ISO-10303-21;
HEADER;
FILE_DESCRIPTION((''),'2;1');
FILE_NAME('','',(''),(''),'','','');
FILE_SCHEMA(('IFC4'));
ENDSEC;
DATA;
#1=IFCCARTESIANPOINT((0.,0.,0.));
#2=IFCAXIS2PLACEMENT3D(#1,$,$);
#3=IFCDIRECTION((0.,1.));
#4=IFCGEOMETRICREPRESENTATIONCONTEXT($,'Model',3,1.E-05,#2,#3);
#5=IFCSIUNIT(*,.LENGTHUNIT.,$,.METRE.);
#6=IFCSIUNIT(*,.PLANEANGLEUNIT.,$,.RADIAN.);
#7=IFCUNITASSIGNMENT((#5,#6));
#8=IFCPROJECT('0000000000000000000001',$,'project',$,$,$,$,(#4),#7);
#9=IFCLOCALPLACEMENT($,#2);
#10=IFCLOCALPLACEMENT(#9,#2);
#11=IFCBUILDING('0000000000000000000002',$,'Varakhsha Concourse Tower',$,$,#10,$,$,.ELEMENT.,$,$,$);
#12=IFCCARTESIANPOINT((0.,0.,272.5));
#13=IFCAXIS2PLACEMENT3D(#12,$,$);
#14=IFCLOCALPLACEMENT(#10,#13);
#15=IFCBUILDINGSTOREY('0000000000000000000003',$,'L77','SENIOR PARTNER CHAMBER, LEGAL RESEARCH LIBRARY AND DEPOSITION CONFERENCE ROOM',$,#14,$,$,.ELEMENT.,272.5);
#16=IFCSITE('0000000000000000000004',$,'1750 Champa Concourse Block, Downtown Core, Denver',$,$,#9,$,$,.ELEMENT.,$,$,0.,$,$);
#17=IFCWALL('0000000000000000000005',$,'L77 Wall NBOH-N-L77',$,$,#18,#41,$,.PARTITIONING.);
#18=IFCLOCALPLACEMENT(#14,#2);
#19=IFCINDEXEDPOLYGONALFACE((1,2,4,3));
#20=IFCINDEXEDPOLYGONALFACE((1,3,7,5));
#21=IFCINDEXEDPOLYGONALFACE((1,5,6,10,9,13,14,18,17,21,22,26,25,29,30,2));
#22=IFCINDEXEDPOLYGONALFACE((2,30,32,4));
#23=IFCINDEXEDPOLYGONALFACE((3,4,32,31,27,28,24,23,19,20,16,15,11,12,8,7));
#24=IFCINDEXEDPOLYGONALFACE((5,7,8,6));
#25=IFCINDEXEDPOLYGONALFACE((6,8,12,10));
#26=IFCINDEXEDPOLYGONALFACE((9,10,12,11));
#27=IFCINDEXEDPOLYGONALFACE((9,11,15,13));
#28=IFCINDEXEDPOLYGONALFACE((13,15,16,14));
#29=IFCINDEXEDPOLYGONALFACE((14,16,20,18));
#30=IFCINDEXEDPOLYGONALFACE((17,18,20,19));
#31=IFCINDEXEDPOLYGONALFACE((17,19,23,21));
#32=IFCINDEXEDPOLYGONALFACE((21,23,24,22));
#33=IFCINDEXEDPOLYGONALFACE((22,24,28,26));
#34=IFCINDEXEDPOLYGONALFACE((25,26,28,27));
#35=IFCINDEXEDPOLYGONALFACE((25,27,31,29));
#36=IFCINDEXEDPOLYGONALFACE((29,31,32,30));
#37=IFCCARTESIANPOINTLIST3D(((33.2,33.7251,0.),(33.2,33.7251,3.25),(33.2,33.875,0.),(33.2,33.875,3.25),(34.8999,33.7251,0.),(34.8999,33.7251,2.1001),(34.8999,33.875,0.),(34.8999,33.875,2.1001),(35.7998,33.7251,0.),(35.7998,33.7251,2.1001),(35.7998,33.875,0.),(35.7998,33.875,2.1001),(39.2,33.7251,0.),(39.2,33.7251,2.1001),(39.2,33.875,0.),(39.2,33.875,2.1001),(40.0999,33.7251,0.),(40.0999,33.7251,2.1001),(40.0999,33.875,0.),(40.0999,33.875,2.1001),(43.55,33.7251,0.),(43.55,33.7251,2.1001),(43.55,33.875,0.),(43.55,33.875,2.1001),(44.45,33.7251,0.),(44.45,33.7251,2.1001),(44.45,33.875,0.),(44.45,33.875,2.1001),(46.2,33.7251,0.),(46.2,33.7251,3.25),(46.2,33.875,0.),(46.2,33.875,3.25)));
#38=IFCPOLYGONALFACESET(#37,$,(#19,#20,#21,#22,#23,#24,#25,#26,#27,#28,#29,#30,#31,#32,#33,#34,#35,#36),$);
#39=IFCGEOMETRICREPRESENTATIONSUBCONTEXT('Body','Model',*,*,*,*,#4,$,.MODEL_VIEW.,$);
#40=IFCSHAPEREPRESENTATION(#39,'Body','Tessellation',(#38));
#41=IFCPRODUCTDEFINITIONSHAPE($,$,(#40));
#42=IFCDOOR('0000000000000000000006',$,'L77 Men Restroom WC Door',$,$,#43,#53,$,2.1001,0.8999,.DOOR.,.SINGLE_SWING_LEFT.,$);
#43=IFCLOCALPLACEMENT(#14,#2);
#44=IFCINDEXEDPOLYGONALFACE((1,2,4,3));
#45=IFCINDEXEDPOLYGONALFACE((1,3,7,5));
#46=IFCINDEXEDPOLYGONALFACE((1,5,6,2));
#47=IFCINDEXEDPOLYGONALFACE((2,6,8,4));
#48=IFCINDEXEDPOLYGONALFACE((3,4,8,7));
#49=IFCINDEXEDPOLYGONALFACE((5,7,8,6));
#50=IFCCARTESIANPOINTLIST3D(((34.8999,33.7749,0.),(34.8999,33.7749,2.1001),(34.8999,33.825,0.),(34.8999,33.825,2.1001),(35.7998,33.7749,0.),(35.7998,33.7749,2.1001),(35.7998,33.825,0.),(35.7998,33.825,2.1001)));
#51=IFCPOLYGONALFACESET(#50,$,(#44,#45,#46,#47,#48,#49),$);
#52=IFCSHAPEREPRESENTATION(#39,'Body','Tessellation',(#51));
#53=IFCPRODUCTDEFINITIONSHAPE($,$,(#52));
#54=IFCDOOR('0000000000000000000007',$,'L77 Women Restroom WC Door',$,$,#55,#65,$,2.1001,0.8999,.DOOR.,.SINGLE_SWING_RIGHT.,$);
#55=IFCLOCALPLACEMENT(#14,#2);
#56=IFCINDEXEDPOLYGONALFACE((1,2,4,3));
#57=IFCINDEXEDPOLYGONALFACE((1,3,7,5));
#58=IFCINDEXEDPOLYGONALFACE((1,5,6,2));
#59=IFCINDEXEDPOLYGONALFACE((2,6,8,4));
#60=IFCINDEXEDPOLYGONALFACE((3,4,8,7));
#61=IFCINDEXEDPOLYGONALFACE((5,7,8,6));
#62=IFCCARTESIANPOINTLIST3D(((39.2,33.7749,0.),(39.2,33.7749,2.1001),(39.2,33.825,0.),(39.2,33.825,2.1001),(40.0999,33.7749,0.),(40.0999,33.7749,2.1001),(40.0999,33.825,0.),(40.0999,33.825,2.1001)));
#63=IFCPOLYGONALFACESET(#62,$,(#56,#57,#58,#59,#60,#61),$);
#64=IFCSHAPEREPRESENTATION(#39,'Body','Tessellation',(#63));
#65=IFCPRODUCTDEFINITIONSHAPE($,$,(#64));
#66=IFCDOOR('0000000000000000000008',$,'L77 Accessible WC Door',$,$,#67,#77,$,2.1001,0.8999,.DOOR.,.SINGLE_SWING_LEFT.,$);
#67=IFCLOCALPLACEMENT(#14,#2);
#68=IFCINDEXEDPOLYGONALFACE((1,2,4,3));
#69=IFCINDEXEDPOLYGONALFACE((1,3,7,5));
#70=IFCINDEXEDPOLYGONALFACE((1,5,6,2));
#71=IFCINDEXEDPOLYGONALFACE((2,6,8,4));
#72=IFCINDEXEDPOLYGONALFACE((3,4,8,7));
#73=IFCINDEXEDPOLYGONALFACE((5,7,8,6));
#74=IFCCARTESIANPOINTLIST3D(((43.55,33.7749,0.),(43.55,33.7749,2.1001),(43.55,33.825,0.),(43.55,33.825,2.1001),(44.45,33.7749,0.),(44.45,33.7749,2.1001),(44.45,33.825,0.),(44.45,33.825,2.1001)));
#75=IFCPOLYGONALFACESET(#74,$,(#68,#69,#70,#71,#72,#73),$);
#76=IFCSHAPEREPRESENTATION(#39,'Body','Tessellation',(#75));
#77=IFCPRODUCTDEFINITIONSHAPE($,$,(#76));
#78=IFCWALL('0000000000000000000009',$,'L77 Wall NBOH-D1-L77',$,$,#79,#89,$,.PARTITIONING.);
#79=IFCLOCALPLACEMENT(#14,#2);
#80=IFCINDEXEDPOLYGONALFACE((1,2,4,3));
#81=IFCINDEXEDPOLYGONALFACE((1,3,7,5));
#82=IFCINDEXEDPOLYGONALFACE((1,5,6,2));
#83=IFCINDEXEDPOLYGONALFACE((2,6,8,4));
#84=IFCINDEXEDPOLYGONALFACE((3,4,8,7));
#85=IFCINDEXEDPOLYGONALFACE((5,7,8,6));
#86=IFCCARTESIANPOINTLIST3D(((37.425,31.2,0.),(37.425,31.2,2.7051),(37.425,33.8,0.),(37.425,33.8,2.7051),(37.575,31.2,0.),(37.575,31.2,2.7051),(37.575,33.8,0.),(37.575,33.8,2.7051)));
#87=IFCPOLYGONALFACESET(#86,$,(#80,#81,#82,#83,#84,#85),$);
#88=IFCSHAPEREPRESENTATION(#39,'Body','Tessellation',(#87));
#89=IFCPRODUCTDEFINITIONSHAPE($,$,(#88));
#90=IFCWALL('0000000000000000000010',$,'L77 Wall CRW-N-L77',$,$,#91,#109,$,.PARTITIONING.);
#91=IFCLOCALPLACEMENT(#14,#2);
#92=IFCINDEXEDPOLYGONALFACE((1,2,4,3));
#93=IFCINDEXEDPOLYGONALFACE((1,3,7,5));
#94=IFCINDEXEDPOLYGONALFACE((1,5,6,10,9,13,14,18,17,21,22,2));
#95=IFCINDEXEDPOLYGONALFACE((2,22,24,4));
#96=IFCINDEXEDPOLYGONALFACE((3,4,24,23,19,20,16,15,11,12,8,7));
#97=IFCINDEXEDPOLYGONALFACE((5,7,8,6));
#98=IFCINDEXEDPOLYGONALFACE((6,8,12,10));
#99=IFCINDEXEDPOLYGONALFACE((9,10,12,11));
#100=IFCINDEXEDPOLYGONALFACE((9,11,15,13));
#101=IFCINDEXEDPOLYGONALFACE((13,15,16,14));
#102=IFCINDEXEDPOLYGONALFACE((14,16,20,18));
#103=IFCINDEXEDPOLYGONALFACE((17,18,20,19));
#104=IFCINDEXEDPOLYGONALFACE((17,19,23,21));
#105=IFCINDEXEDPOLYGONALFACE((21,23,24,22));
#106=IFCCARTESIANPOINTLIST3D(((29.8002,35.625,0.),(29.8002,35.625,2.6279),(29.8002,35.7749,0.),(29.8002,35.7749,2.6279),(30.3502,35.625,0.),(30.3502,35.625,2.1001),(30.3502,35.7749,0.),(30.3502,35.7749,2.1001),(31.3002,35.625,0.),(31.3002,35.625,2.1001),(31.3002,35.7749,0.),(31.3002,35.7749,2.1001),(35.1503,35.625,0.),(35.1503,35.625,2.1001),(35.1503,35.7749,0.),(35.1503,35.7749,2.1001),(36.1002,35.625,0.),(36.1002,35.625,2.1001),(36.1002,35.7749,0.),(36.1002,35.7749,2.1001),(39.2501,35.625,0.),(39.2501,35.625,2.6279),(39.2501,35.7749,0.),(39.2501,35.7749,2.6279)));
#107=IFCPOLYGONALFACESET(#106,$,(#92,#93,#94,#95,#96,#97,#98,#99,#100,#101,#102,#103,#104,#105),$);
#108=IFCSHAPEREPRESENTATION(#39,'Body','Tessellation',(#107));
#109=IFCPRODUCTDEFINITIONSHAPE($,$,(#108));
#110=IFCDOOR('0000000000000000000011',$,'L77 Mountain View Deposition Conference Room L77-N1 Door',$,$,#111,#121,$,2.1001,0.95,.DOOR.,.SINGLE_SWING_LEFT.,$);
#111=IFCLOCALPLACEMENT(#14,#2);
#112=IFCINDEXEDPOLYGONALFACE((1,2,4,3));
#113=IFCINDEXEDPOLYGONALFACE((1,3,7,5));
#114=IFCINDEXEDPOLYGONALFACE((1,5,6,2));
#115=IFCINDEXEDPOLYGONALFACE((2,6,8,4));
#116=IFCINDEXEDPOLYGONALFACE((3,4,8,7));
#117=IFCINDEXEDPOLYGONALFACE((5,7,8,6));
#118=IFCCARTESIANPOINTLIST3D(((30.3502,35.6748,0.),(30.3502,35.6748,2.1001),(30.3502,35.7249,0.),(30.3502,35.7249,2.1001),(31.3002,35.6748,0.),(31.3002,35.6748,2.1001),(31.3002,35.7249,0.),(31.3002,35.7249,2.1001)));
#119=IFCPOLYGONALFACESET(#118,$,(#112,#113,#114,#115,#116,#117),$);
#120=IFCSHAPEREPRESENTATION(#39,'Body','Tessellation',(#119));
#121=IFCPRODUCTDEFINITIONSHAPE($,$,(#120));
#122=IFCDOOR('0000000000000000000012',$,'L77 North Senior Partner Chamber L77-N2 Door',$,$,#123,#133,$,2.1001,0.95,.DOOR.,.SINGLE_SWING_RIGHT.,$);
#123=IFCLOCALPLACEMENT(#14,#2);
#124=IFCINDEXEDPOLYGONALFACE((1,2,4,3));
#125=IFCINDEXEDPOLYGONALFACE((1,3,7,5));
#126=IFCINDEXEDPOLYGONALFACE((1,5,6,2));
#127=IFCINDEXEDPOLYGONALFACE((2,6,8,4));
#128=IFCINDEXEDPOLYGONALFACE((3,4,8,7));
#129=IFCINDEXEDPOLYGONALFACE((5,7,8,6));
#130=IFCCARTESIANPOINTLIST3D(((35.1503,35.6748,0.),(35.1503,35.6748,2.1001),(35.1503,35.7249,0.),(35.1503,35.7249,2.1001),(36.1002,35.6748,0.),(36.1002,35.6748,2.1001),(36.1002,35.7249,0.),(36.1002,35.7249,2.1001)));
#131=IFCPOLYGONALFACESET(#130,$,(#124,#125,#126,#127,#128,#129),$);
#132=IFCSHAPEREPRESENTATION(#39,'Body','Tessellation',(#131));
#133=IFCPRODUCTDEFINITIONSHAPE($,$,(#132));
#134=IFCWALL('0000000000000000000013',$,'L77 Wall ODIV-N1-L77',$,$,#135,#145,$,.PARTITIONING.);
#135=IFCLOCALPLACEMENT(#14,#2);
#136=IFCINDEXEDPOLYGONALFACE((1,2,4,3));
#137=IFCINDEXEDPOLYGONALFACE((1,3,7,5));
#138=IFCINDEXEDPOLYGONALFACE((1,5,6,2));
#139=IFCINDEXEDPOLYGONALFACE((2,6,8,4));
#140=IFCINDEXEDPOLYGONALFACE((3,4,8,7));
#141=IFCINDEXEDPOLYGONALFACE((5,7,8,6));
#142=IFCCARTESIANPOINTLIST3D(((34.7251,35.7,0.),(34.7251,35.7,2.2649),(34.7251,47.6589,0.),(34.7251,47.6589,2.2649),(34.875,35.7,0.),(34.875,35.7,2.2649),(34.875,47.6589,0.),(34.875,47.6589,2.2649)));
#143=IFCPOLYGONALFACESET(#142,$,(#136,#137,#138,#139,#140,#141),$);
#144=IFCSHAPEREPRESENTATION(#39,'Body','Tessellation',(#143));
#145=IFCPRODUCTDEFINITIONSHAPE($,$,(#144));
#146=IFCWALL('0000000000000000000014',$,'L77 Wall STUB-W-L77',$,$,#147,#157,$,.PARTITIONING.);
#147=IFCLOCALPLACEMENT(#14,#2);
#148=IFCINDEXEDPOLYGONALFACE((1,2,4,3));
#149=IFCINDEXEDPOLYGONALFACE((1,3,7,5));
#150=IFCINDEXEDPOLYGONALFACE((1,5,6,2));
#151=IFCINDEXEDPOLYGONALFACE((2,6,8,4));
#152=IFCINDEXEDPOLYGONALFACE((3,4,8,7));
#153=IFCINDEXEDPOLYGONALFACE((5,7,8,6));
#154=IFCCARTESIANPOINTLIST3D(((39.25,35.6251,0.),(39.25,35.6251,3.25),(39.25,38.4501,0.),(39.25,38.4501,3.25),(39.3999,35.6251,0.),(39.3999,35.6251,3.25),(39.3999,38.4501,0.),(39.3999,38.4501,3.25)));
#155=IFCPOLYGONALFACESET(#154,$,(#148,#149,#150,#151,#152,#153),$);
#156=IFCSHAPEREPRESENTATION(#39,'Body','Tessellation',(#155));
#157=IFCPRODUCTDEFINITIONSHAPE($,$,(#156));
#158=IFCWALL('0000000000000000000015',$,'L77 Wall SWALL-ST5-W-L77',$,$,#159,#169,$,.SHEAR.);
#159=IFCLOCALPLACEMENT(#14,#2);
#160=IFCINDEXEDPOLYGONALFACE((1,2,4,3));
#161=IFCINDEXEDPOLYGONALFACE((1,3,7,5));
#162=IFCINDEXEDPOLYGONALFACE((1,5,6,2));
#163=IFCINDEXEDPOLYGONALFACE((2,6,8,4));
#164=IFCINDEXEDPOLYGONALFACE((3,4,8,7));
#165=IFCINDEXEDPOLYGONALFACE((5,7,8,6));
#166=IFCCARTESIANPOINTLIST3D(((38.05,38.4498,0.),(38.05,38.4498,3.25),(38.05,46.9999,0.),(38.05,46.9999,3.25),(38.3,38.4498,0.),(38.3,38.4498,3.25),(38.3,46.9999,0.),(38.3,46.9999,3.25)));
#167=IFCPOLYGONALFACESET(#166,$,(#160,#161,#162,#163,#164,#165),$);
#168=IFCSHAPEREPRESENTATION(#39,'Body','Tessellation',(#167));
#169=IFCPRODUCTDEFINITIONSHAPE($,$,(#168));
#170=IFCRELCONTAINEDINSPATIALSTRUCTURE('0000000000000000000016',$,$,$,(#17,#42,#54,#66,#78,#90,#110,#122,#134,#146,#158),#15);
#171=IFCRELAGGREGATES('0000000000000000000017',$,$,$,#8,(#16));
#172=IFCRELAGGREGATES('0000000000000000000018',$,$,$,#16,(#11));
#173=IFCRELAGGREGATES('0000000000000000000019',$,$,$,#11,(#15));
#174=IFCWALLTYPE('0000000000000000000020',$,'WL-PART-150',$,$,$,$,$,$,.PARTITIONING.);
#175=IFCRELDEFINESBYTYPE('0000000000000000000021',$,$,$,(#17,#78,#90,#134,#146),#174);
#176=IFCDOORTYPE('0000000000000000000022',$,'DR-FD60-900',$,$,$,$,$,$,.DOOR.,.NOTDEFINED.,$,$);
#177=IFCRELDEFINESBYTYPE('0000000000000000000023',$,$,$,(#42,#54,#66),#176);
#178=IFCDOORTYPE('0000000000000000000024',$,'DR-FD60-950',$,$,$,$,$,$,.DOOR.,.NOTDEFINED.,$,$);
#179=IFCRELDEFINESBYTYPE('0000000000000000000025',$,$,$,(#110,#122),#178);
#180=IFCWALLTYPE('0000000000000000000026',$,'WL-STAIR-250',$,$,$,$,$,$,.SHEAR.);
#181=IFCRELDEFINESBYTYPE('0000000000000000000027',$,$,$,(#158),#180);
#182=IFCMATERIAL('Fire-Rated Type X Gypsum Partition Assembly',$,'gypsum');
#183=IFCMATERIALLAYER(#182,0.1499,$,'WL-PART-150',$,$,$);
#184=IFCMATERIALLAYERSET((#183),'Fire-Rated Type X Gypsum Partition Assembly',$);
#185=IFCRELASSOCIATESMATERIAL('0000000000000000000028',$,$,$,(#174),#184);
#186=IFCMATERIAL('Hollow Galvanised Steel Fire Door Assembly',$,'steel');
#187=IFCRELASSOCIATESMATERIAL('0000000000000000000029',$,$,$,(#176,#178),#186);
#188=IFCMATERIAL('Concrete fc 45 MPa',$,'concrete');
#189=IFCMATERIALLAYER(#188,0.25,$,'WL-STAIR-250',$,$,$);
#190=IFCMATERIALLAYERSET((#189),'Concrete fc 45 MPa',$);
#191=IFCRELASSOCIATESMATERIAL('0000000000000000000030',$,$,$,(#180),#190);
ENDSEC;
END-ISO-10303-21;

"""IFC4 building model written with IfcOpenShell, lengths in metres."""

from ifc_helpers import new_model, si_unit, direction, frame, frame_2d, origin, place, context, subcontext, project, spatial, rectangle, extrude, material, layer, layer_set, type_object, element, fill, save


model = new_model("IFC4")

# Units and contexts
model_context = context("Model", 3, precision=1e-05, world=origin(), true_north=direction((0.0, 1.0)))
body_context = subcontext(model_context, "Body", "Model", "MODEL_VIEW")
ifc_project = project(units=[si_unit("LENGTHUNIT", "METRE"), si_unit("PLANEANGLEUNIT", "RADIAN")], contexts=[model_context])

# Site, building, storey
site_placement = place(None, origin())
site = spatial("IfcSite", under=ifc_project, at=site_placement, Name="1750 Champa Concourse Block, Downtown Core, Denver", CompositionType="ELEMENT", RefElevation=0.0)
building_placement = place(site_placement, origin())
building = spatial("IfcBuilding", under=site, at=building_placement, Name="Varakhsha Concourse Tower", CompositionType="ELEMENT")
storey_placement = place(building_placement, frame((0.0, 0.0, 272.5)))
storey = spatial("IfcBuildingStorey", under=building, at=storey_placement, Name="L77", Description="SENIOR PARTNER CHAMBER, LEGAL RESEARCH LIBRARY AND DEPOSITION CONFERENCE ROOM", CompositionType="ELEMENT", Elevation=272.5)

# Wall, openings, doors
ifc_material_1 = material(Name="Fire-Rated Type X Gypsum Partition Assembly", Category="gypsum")
ifc_layer_1 = layer(ifc_material_1, 0.1499, Name="WL-PART-150")
ifc_layer_set_1 = layer_set([ifc_layer_1], Name="Fire-Rated Type X Gypsum Partition Assembly")
wall_type_1 = type_object("IfcWallType", Name="WL-PART-150", PredefinedType="PARTITIONING", material=ifc_layer_set_1)
wall_1_placement = place(storey_placement, frame((33.2, 33.8, 0.0), z_axis=(0.0, 0.0, 1.0), x_axis=(1.0, 0.0, 0.0)))
wall_1 = element("IfcWall", 1, at=wall_1_placement, inside=storey, type_object=wall_type_1, Name="L77 Wall NBOH-N-L77", PredefinedType="PARTITIONING", context=body_context, shape_type="SweptSolid", body=[
    extrude(rectangle(XDim=13.0, YDim=0.1499, at=frame_2d((6.5, 0.0))), origin(), (0.0, 0.0, 1.0), 3.25),
])
opening_1_placement = place(wall_1_placement, frame((1.7, 0.0, 0.0)))
opening_1 = element("IfcOpeningElement", 2, at=opening_1_placement, cuts=wall_1, PredefinedType="OPENING", context=body_context, shape_type="SweptSolid", body=[
    extrude(rectangle(XDim=0.8999, YDim=2.1001, at=frame_2d((0.45, 1.05))), frame((0.0, 0.085, 0.0), z_axis=(0.0, -1.0, 0.0), x_axis=(1.0, 0.0, 0.0)), (0.0, 0.0, 1.0), 0.1699),
])
opening_2_placement = place(wall_1_placement, frame((6.0, 0.0, 0.0)))
opening_2 = element("IfcOpeningElement", 3, at=opening_2_placement, cuts=wall_1, PredefinedType="OPENING", context=body_context, shape_type="SweptSolid", body=[
    extrude(rectangle(XDim=0.8999, YDim=2.1001, at=frame_2d((0.45, 1.05))), frame((0.0, 0.085, 0.0), z_axis=(0.0, -1.0, 0.0), x_axis=(1.0, 0.0, 0.0)), (0.0, 0.0, 1.0), 0.1699),
])
opening_3_placement = place(wall_1_placement, frame((10.3501, 0.0, 0.0)))
opening_3 = element("IfcOpeningElement", 4, at=opening_3_placement, cuts=wall_1, PredefinedType="OPENING", context=body_context, shape_type="SweptSolid", body=[
    extrude(rectangle(XDim=0.8999, YDim=2.1001, at=frame_2d((0.45, 1.05))), frame((0.0, 0.085, 0.0), z_axis=(0.0, -1.0, 0.0), x_axis=(1.0, 0.0, 0.0)), (0.0, 0.0, 1.0), 0.1699),
])
ifc_material_2 = material(Name="Hollow Galvanised Steel Fire Door Assembly", Category="steel")
door_type_1 = type_object("IfcDoorType", Name="DR-FD60-900", OperationType="NOTDEFINED", PredefinedType="DOOR", material=ifc_material_2)
door_1_placement = place(opening_1_placement, origin())
door_1 = element("IfcDoor", 5, at=door_1_placement, inside=storey, type_object=door_type_1, Name="L77 Men Restroom WC Door", OperationType="SINGLE_SWING_LEFT", OverallHeight=2.1001, OverallWidth=0.8999, PredefinedType="DOOR", context=body_context, shape_type="SweptSolid", body=[
    extrude(rectangle(XDim=0.8999, YDim=2.1001, at=frame_2d((0.45, 1.05))), frame((0.0, 0.0249, 0.0), z_axis=(0.0, -1.0, 0.0), x_axis=(1.0, 0.0, 0.0)), (0.0, 0.0, 1.0), 0.05),
])
fill(opening_1, door_1)
door_2_placement = place(opening_2_placement, origin())
door_2 = element("IfcDoor", 6, at=door_2_placement, inside=storey, type_object=door_type_1, Name="L77 Women Restroom WC Door", OperationType="SINGLE_SWING_RIGHT", OverallHeight=2.1001, OverallWidth=0.8999, PredefinedType="DOOR", context=body_context, shape_type="SweptSolid", body=[
    extrude(rectangle(XDim=0.8999, YDim=2.1001, at=frame_2d((0.45, 1.05))), frame((0.0, 0.0249, 0.0), z_axis=(0.0, -1.0, 0.0), x_axis=(1.0, 0.0, 0.0)), (0.0, 0.0, 1.0), 0.05),
])
fill(opening_2, door_2)
door_3_placement = place(opening_3_placement, origin())
door_3 = element("IfcDoor", 7, at=door_3_placement, inside=storey, type_object=door_type_1, Name="L77 Accessible WC Door", OperationType="SINGLE_SWING_LEFT", OverallHeight=2.1001, OverallWidth=0.8999, PredefinedType="DOOR", context=body_context, shape_type="SweptSolid", body=[
    extrude(rectangle(XDim=0.8999, YDim=2.1001, at=frame_2d((0.45, 1.05))), frame((0.0, 0.0249, 0.0), z_axis=(0.0, -1.0, 0.0), x_axis=(1.0, 0.0, 0.0)), (0.0, 0.0, 1.0), 0.05),
])
fill(opening_3, door_3)

# Wall
wall_2_placement = place(storey_placement, frame((37.5, 31.2, 0.0), z_axis=(0.0, 0.0, 1.0), x_axis=(0.0, 1.0, 0.0)))
element("IfcWall", 8, at=wall_2_placement, inside=storey, type_object=wall_type_1, Name="L77 Wall NBOH-D1-L77", PredefinedType="PARTITIONING", context=body_context, shape_type="SweptSolid", body=[
    extrude(rectangle(XDim=2.6001, YDim=0.1499, at=frame_2d((1.3, 0.0))), origin(), (0.0, 0.0, 1.0), 2.7051),
])

# Wall, openings, doors
wall_3_placement = place(storey_placement, frame((29.8, 35.7, 0.0), z_axis=(0.0, 0.0, 1.0), x_axis=(1.0, 0.0, 0.0)))
wall_3 = element("IfcWall", 9, at=wall_3_placement, inside=storey, type_object=wall_type_1, Name="L77 Wall CRW-N-L77", PredefinedType="PARTITIONING", context=body_context, shape_type="SweptSolid", body=[
    extrude(rectangle(XDim=9.45, YDim=0.1499, at=frame_2d((4.7251, 0.0))), origin(), (0.0, 0.0, 1.0), 2.6279),
])
opening_4_placement = place(wall_3_placement, frame((0.55, 0.0, 0.0)))
opening_4 = element("IfcOpeningElement", 10, at=opening_4_placement, cuts=wall_3, PredefinedType="OPENING", context=body_context, shape_type="SweptSolid", body=[
    extrude(rectangle(XDim=0.95, YDim=2.1001, at=frame_2d((0.4751, 1.05))), frame((0.0, 0.085, 0.0), z_axis=(0.0, -1.0, 0.0), x_axis=(1.0, 0.0, 0.0)), (0.0, 0.0, 1.0), 0.1699),
])
opening_5_placement = place(wall_3_placement, frame((5.3501, 0.0, 0.0)))
opening_5 = element("IfcOpeningElement", 11, at=opening_5_placement, cuts=wall_3, PredefinedType="OPENING", context=body_context, shape_type="SweptSolid", body=[
    extrude(rectangle(XDim=0.95, YDim=2.1001, at=frame_2d((0.4751, 1.05))), frame((0.0, 0.085, 0.0), z_axis=(0.0, -1.0, 0.0), x_axis=(1.0, 0.0, 0.0)), (0.0, 0.0, 1.0), 0.1699),
])
door_type_2 = type_object("IfcDoorType", Name="DR-FD60-950", OperationType="NOTDEFINED", PredefinedType="DOOR", material=ifc_material_2)
door_4_placement = place(opening_4_placement, origin())
door_4 = element("IfcDoor", 12, at=door_4_placement, inside=storey, type_object=door_type_2, Name="L77 Mountain View Deposition Conference Room L77-N1 Door", OperationType="SINGLE_SWING_LEFT", OverallHeight=2.1001, OverallWidth=0.95, PredefinedType="DOOR", context=body_context, shape_type="SweptSolid", body=[
    extrude(rectangle(XDim=0.95, YDim=2.1001, at=frame_2d((0.4751, 1.05))), frame((0.0, 0.0249, 0.0), z_axis=(0.0, -1.0, 0.0), x_axis=(1.0, 0.0, 0.0)), (0.0, 0.0, 1.0), 0.05),
])
fill(opening_4, door_4)
door_5_placement = place(opening_5_placement, origin())
door_5 = element("IfcDoor", 13, at=door_5_placement, inside=storey, type_object=door_type_2, Name="L77 North Senior Partner Chamber L77-N2 Door", OperationType="SINGLE_SWING_RIGHT", OverallHeight=2.1001, OverallWidth=0.95, PredefinedType="DOOR", context=body_context, shape_type="SweptSolid", body=[
    extrude(rectangle(XDim=0.95, YDim=2.1001, at=frame_2d((0.4751, 1.05))), frame((0.0, 0.0249, 0.0), z_axis=(0.0, -1.0, 0.0), x_axis=(1.0, 0.0, 0.0)), (0.0, 0.0, 1.0), 0.05),
])
fill(opening_5, door_5)

# Walls
wall_4_placement = place(storey_placement, frame((34.8, 35.7, 0.0), z_axis=(0.0, 0.0, 1.0), x_axis=(0.0, 1.0, 0.0)))
element("IfcWall", 14, at=wall_4_placement, inside=storey, type_object=wall_type_1, Name="L77 Wall ODIV-N1-L77", PredefinedType="PARTITIONING", context=body_context, shape_type="SweptSolid", body=[
    extrude(rectangle(XDim=11.959, YDim=0.1499, at=frame_2d((5.9795, 0.0))), origin(), (0.0, 0.0, 1.0), 2.2649),
])
wall_5_placement = place(storey_placement, frame((39.325, 35.625, 0.0), z_axis=(0.0, 0.0, 1.0), x_axis=(0.0, 1.0, 0.0)))
element("IfcWall", 15, at=wall_5_placement, inside=storey, type_object=wall_type_1, Name="L77 Wall STUB-W-L77", PredefinedType="PARTITIONING", context=body_context, shape_type="SweptSolid", body=[
    extrude(rectangle(XDim=2.825, YDim=0.1499, at=frame_2d((1.4126, 0.0))), origin(), (0.0, 0.0, 1.0), 3.25),
])
ifc_material_3 = material(Name="Concrete fc 45 MPa", Category="concrete")
ifc_layer_2 = layer(ifc_material_3, 0.25, Name="WL-STAIR-250")
ifc_layer_set_2 = layer_set([ifc_layer_2], Name="Concrete fc 45 MPa")
wall_type_2 = type_object("IfcWallType", Name="WL-STAIR-250", PredefinedType="SHEAR", material=ifc_layer_set_2)
wall_6_placement = place(storey_placement, frame((38.175, 38.45, 0.0), z_axis=(0.0, 0.0, 1.0), x_axis=(0.0, 1.0, 0.0)))
element("IfcWall", 16, at=wall_6_placement, inside=storey, type_object=wall_type_2, Name="L77 Wall SWALL-ST5-W-L77", PredefinedType="SHEAR", context=body_context, shape_type="SweptSolid", body=[
    extrude(rectangle(XDim=8.55, YDim=0.25, at=frame_2d((4.2749, 0.0))), origin(), (0.0, 0.0, 1.0), 3.25),
])

save(model, "model.ifc")
